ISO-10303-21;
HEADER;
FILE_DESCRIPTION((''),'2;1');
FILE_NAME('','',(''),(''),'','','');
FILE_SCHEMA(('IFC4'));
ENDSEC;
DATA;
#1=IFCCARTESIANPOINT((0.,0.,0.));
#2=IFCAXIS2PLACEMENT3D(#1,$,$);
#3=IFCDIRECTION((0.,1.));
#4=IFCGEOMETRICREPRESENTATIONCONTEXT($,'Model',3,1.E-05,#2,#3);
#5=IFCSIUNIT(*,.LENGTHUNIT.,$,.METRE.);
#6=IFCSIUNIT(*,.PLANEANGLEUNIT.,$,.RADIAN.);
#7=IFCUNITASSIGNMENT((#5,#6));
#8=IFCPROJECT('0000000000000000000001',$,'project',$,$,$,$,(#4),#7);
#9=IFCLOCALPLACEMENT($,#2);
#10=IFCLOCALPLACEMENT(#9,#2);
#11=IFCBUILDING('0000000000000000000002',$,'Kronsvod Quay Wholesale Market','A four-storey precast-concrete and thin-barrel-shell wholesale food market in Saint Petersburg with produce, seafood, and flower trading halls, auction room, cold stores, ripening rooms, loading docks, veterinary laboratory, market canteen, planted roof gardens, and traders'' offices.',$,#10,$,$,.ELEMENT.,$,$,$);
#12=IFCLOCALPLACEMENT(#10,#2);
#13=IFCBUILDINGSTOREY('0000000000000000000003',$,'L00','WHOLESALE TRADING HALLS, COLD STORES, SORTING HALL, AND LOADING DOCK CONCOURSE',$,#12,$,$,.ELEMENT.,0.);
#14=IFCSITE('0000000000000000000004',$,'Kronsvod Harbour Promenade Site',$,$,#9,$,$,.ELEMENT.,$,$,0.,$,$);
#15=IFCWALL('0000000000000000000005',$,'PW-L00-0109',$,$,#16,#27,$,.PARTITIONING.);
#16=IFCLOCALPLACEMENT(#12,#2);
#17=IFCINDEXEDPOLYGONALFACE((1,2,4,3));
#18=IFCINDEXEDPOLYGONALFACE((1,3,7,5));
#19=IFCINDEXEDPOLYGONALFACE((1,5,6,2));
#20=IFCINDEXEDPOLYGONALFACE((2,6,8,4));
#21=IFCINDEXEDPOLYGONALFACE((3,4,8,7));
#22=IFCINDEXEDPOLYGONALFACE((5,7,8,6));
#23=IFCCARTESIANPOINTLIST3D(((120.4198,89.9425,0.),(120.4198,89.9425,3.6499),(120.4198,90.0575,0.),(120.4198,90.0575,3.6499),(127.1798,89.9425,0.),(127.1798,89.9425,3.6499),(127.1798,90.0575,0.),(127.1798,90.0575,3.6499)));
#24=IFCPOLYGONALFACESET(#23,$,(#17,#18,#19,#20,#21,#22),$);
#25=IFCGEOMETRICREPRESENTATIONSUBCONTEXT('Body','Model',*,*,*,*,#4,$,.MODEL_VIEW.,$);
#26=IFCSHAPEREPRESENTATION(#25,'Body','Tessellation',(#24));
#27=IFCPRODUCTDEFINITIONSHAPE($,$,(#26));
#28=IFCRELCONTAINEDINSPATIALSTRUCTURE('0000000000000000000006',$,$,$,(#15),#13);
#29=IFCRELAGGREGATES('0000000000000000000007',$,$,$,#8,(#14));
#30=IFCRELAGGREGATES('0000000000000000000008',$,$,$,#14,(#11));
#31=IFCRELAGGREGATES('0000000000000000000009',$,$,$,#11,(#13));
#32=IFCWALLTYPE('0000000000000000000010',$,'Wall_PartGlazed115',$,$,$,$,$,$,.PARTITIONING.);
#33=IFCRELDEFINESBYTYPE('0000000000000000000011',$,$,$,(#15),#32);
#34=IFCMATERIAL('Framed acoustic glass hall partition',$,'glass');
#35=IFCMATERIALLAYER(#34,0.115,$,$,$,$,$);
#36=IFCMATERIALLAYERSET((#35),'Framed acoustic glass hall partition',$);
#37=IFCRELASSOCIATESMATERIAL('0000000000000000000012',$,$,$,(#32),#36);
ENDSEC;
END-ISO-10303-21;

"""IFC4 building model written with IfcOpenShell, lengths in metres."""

from ifc_helpers import new_model, si_unit, direction, frame, frame_2d, origin, place, context, subcontext, project, spatial, rectangle, extrude, material, layer, layer_set, type_object, element, save


model = new_model("IFC4")

# Units and contexts
model_context = context("Model", 3, precision=1e-05, world=origin(), true_north=direction((0.0, 1.0)))
body_context = subcontext(model_context, "Body", "Model", "MODEL_VIEW")
ifc_project = project(units=[si_unit("LENGTHUNIT", "METRE"), si_unit("PLANEANGLEUNIT", "RADIAN")], contexts=[model_context])

# Site, building, storey
site_placement = place(None, origin())
site = spatial("IfcSite", under=ifc_project, at=site_placement, Name="Kronsvod Harbour Promenade Site", CompositionType="ELEMENT", RefElevation=0.0)
building_placement = place(site_placement, origin())
building = spatial("IfcBuilding", under=site, at=building_placement, Name="Kronsvod Quay Wholesale Market", Description="A four-storey precast-concrete and thin-barrel-shell wholesale food market in Saint Petersburg with produce, seafood, and flower trading halls, auction room, cold stores, ripening rooms, loading docks, veterinary laboratory, market canteen, planted roof gardens, and traders' offices.", CompositionType="ELEMENT")
storey_placement = place(building_placement, origin())
storey = spatial("IfcBuildingStorey", under=building, at=storey_placement, Name="L00", Description="WHOLESALE TRADING HALLS, COLD STORES, SORTING HALL, AND LOADING DOCK CONCOURSE", CompositionType="ELEMENT", Elevation=0.0)

# Wall
ifc_material_1 = material(Name="Framed acoustic glass hall partition", Category="glass")
ifc_layer_1 = layer(ifc_material_1, 0.115)
ifc_layer_set_1 = layer_set([ifc_layer_1], Name="Framed acoustic glass hall partition")
wall_type_1 = type_object("IfcWallType", Name="Wall_PartGlazed115", PredefinedType="PARTITIONING", material=ifc_layer_set_1)
wall_1_placement = place(storey_placement, frame((120.4199, 90.0, 0.0), z_axis=(0.0, 0.0, 1.0), x_axis=(1.0, 0.0, 0.0)))
element("IfcWall", 1, at=wall_1_placement, inside=storey, type_object=wall_type_1, Name="PW-L00-0109", PredefinedType="PARTITIONING", context=body_context, shape_type="SweptSolid", body=[
    extrude(rectangle(XDim=6.76, YDim=0.115, at=frame_2d((3.3799, 0.0))), origin(), (0.0, 0.0, 1.0), 3.6499),
])

save(model, "model.ifc")
